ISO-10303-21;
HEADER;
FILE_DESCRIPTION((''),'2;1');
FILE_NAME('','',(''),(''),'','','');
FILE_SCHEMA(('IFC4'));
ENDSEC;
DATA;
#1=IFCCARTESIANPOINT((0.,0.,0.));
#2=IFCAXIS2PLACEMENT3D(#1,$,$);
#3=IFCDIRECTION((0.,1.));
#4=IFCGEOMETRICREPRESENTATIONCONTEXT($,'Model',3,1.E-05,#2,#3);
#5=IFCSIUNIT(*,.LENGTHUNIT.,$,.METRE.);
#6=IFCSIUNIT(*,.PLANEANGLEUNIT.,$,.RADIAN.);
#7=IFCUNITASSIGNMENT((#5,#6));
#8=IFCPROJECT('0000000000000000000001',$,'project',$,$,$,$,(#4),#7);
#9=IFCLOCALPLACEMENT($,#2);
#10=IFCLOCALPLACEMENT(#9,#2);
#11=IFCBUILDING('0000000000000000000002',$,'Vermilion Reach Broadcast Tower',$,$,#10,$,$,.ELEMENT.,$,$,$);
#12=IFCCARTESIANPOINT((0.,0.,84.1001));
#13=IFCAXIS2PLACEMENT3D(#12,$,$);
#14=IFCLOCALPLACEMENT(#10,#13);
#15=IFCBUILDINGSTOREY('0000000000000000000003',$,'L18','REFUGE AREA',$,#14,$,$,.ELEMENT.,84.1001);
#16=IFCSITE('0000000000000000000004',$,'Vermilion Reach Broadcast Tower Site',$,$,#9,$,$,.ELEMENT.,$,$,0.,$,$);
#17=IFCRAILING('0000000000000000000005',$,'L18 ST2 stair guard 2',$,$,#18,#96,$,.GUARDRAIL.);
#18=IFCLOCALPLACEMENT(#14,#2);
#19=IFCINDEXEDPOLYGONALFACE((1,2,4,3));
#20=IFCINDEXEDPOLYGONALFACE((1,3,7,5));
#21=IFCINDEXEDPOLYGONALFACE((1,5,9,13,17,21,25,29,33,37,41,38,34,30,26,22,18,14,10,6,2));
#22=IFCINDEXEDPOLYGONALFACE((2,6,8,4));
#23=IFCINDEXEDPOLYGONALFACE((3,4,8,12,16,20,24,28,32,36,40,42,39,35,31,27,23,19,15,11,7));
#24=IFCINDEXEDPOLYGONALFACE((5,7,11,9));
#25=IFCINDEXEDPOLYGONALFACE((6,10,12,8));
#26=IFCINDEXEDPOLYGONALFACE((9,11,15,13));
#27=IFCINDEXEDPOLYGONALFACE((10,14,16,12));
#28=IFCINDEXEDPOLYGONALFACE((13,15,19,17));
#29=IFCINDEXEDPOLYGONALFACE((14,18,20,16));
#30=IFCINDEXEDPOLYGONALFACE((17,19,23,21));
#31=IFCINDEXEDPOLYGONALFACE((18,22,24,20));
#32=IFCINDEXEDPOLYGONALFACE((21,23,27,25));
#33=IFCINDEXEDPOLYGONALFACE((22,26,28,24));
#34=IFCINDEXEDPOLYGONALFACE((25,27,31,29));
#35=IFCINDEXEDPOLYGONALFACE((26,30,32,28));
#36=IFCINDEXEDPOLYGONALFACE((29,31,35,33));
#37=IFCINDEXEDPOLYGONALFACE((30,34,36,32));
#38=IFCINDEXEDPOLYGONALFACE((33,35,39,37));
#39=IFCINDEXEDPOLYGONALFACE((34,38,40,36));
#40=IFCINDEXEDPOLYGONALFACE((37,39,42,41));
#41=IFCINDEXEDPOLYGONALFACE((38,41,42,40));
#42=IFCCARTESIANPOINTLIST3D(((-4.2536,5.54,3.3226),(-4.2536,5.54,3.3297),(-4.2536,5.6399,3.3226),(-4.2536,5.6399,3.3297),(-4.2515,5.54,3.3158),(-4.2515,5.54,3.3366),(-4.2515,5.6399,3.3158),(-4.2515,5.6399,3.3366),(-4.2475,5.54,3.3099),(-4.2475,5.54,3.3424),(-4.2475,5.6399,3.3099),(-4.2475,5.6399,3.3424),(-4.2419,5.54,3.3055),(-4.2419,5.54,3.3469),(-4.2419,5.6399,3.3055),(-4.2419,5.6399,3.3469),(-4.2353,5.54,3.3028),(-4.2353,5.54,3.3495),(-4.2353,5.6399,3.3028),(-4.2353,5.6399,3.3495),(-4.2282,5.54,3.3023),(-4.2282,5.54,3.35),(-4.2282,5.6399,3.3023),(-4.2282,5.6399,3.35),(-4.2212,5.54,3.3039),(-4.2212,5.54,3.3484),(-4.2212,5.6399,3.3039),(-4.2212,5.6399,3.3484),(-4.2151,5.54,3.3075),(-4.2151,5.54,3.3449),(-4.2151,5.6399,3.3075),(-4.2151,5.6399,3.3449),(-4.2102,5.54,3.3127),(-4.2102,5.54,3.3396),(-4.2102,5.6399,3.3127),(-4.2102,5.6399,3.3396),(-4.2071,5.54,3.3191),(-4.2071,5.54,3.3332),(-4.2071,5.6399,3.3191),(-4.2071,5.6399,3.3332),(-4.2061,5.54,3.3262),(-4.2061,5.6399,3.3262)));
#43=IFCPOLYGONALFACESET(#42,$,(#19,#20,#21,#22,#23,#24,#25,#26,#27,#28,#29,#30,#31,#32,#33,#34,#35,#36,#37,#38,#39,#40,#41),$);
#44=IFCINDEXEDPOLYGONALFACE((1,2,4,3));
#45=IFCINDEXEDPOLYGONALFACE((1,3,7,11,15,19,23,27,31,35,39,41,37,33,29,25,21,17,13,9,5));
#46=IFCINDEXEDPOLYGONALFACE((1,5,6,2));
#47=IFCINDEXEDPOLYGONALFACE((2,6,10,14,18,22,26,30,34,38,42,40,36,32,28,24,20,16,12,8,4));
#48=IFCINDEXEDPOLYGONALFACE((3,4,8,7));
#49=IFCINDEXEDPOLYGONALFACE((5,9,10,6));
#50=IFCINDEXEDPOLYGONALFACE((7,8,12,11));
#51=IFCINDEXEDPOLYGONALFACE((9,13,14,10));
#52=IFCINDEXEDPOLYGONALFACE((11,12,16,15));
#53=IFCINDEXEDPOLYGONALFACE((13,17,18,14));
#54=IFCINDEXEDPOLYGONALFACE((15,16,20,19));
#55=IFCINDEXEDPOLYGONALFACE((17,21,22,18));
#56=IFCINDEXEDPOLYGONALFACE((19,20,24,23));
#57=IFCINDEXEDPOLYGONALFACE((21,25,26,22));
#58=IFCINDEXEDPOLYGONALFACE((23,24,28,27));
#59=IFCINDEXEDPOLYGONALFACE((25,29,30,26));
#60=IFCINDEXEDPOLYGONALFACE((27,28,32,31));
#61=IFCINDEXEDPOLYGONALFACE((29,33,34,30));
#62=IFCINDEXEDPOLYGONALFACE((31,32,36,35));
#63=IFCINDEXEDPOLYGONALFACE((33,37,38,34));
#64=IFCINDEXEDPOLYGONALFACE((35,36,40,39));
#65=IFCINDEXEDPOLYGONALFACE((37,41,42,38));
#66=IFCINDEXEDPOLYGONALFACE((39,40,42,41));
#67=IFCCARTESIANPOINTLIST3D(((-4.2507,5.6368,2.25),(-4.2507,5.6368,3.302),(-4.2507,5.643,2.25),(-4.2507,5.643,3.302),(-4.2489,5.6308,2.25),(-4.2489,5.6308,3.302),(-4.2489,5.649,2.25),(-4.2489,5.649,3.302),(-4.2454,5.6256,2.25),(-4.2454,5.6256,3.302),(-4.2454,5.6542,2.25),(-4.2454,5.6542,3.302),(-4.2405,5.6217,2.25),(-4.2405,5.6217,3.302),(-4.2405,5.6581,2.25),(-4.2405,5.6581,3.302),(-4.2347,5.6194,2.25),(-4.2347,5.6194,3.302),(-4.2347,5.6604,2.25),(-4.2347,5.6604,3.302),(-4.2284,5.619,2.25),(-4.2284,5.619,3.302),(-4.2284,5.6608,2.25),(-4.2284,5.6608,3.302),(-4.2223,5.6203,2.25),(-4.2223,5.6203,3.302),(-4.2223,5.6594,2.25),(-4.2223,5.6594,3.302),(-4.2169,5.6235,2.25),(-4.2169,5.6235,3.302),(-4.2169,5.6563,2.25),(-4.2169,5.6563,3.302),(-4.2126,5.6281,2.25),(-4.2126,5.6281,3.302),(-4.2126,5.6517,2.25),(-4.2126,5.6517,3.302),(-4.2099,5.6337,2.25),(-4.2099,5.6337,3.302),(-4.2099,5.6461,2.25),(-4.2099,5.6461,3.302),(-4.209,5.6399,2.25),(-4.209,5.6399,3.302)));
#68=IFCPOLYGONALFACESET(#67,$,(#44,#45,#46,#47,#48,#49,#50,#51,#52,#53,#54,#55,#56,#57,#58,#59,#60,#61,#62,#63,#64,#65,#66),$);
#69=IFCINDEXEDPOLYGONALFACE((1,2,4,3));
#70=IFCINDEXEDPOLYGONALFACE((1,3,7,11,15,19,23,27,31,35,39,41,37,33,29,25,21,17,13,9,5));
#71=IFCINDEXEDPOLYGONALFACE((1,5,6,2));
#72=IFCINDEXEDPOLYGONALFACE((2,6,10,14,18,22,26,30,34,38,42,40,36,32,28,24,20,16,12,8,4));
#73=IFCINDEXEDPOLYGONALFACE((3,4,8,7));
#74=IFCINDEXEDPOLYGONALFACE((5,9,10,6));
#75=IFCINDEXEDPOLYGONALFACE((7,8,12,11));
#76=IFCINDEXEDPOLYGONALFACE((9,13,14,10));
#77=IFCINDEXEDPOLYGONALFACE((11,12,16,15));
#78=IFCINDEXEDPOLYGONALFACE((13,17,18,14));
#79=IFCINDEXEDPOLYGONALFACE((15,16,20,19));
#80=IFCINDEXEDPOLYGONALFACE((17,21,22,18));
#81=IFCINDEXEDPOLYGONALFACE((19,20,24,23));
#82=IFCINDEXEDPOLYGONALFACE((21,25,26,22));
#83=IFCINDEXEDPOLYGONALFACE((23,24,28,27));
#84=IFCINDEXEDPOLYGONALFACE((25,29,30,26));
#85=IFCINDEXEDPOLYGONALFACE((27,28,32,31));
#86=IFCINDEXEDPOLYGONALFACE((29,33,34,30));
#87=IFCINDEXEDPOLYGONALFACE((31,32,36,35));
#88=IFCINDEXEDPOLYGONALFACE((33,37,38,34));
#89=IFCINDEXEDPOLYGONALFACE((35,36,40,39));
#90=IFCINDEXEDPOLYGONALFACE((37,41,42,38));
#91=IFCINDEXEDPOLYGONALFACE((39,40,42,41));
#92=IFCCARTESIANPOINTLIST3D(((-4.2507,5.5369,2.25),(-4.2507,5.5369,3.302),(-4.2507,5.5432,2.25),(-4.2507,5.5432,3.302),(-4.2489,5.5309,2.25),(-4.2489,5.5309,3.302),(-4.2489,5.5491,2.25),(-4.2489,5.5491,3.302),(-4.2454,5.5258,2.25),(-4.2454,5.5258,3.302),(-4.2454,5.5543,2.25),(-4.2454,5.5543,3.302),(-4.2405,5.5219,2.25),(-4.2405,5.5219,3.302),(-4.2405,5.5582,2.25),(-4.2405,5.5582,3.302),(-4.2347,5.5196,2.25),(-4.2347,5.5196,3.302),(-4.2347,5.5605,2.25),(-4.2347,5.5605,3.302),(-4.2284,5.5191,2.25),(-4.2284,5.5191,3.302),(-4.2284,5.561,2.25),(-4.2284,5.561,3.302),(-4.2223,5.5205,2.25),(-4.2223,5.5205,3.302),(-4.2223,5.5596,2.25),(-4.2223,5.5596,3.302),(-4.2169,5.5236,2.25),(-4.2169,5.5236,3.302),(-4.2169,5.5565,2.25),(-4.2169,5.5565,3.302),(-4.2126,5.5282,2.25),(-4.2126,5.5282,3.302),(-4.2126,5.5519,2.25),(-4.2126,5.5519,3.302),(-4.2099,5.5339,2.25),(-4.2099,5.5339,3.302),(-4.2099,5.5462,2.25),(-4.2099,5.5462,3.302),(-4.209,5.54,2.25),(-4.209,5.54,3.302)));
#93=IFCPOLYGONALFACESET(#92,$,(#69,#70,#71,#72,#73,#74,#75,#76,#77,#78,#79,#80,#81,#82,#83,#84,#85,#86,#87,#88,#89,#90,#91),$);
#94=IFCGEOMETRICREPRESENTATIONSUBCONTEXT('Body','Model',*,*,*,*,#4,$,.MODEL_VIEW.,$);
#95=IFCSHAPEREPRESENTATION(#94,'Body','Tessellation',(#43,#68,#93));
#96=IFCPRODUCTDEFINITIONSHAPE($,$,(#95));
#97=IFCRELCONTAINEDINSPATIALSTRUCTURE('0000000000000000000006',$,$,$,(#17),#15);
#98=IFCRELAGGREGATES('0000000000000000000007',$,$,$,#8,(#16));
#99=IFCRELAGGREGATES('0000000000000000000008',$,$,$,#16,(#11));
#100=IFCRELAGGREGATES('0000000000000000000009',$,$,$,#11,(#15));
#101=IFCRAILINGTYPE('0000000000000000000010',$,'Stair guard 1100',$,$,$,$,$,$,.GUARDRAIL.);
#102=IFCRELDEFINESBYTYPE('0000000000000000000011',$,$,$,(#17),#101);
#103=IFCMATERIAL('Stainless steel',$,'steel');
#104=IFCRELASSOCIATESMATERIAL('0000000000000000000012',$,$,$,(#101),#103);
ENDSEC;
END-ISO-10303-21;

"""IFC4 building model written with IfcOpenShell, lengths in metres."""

from ifc_helpers import new_model, si_unit, direction, frame, origin, origin_2d, place, context, subcontext, project, spatial, circle, extrude, material, type_object, element, save


model = new_model("IFC4")

# Units and contexts
model_context = context("Model", 3, precision=1e-05, world=origin(), true_north=direction((0.0, 1.0)))
body_context = subcontext(model_context, "Body", "Model", "MODEL_VIEW")
ifc_project = project(units=[si_unit("LENGTHUNIT", "METRE"), si_unit("PLANEANGLEUNIT", "RADIAN")], contexts=[model_context])

# Site, building, storey
site_placement = place(None, origin())
site = spatial("IfcSite", under=ifc_project, at=site_placement, Name="Vermilion Reach Broadcast Tower Site", CompositionType="ELEMENT", RefElevation=0.0)
building_placement = place(site_placement, origin())
building = spatial("IfcBuilding", under=site, at=building_placement, Name="Vermilion Reach Broadcast Tower", CompositionType="ELEMENT")
storey_placement = place(building_placement, frame((0.0, 0.0, 84.1001)))
storey = spatial("IfcBuildingStorey", under=building, at=storey_placement, Name="L18", Description="REFUGE AREA", CompositionType="ELEMENT", Elevation=84.1001)

# Railing
ifc_material_1 = material(Name="Stainless steel", Category="steel")
railing_type_1 = type_object("IfcRailingType", Name="Stair guard 1100", PredefinedType="GUARDRAIL", material=ifc_material_1)
railing_1_placement = place(storey_placement, frame((-4.23, 5.6399, 2.25)))
element("IfcRailing", 1, at=railing_1_placement, inside=storey, type_object=railing_type_1, Name="L18 ST2 stair guard 2", PredefinedType="GUARDRAIL", context=body_context, shape_type="SweptSolid", body=[
    extrude(circle(Radius=0.0239, at=origin_2d()), frame((0.0, 0.0, 1.0762), z_axis=(0.0, -1.0, 0.0), x_axis=(1.0, 0.0, 0.0)), (0.0, 0.0, 1.0), 0.0999),
    extrude(circle(Radius=0.021, at=origin_2d()), origin(), (0.0, 0.0, 1.0), 1.052),
    extrude(circle(Radius=0.021, at=origin_2d()), frame((0.0, -0.0999, 0.0)), (0.0, 0.0, 1.0), 1.052),
])

save(model, "model.ifc")
